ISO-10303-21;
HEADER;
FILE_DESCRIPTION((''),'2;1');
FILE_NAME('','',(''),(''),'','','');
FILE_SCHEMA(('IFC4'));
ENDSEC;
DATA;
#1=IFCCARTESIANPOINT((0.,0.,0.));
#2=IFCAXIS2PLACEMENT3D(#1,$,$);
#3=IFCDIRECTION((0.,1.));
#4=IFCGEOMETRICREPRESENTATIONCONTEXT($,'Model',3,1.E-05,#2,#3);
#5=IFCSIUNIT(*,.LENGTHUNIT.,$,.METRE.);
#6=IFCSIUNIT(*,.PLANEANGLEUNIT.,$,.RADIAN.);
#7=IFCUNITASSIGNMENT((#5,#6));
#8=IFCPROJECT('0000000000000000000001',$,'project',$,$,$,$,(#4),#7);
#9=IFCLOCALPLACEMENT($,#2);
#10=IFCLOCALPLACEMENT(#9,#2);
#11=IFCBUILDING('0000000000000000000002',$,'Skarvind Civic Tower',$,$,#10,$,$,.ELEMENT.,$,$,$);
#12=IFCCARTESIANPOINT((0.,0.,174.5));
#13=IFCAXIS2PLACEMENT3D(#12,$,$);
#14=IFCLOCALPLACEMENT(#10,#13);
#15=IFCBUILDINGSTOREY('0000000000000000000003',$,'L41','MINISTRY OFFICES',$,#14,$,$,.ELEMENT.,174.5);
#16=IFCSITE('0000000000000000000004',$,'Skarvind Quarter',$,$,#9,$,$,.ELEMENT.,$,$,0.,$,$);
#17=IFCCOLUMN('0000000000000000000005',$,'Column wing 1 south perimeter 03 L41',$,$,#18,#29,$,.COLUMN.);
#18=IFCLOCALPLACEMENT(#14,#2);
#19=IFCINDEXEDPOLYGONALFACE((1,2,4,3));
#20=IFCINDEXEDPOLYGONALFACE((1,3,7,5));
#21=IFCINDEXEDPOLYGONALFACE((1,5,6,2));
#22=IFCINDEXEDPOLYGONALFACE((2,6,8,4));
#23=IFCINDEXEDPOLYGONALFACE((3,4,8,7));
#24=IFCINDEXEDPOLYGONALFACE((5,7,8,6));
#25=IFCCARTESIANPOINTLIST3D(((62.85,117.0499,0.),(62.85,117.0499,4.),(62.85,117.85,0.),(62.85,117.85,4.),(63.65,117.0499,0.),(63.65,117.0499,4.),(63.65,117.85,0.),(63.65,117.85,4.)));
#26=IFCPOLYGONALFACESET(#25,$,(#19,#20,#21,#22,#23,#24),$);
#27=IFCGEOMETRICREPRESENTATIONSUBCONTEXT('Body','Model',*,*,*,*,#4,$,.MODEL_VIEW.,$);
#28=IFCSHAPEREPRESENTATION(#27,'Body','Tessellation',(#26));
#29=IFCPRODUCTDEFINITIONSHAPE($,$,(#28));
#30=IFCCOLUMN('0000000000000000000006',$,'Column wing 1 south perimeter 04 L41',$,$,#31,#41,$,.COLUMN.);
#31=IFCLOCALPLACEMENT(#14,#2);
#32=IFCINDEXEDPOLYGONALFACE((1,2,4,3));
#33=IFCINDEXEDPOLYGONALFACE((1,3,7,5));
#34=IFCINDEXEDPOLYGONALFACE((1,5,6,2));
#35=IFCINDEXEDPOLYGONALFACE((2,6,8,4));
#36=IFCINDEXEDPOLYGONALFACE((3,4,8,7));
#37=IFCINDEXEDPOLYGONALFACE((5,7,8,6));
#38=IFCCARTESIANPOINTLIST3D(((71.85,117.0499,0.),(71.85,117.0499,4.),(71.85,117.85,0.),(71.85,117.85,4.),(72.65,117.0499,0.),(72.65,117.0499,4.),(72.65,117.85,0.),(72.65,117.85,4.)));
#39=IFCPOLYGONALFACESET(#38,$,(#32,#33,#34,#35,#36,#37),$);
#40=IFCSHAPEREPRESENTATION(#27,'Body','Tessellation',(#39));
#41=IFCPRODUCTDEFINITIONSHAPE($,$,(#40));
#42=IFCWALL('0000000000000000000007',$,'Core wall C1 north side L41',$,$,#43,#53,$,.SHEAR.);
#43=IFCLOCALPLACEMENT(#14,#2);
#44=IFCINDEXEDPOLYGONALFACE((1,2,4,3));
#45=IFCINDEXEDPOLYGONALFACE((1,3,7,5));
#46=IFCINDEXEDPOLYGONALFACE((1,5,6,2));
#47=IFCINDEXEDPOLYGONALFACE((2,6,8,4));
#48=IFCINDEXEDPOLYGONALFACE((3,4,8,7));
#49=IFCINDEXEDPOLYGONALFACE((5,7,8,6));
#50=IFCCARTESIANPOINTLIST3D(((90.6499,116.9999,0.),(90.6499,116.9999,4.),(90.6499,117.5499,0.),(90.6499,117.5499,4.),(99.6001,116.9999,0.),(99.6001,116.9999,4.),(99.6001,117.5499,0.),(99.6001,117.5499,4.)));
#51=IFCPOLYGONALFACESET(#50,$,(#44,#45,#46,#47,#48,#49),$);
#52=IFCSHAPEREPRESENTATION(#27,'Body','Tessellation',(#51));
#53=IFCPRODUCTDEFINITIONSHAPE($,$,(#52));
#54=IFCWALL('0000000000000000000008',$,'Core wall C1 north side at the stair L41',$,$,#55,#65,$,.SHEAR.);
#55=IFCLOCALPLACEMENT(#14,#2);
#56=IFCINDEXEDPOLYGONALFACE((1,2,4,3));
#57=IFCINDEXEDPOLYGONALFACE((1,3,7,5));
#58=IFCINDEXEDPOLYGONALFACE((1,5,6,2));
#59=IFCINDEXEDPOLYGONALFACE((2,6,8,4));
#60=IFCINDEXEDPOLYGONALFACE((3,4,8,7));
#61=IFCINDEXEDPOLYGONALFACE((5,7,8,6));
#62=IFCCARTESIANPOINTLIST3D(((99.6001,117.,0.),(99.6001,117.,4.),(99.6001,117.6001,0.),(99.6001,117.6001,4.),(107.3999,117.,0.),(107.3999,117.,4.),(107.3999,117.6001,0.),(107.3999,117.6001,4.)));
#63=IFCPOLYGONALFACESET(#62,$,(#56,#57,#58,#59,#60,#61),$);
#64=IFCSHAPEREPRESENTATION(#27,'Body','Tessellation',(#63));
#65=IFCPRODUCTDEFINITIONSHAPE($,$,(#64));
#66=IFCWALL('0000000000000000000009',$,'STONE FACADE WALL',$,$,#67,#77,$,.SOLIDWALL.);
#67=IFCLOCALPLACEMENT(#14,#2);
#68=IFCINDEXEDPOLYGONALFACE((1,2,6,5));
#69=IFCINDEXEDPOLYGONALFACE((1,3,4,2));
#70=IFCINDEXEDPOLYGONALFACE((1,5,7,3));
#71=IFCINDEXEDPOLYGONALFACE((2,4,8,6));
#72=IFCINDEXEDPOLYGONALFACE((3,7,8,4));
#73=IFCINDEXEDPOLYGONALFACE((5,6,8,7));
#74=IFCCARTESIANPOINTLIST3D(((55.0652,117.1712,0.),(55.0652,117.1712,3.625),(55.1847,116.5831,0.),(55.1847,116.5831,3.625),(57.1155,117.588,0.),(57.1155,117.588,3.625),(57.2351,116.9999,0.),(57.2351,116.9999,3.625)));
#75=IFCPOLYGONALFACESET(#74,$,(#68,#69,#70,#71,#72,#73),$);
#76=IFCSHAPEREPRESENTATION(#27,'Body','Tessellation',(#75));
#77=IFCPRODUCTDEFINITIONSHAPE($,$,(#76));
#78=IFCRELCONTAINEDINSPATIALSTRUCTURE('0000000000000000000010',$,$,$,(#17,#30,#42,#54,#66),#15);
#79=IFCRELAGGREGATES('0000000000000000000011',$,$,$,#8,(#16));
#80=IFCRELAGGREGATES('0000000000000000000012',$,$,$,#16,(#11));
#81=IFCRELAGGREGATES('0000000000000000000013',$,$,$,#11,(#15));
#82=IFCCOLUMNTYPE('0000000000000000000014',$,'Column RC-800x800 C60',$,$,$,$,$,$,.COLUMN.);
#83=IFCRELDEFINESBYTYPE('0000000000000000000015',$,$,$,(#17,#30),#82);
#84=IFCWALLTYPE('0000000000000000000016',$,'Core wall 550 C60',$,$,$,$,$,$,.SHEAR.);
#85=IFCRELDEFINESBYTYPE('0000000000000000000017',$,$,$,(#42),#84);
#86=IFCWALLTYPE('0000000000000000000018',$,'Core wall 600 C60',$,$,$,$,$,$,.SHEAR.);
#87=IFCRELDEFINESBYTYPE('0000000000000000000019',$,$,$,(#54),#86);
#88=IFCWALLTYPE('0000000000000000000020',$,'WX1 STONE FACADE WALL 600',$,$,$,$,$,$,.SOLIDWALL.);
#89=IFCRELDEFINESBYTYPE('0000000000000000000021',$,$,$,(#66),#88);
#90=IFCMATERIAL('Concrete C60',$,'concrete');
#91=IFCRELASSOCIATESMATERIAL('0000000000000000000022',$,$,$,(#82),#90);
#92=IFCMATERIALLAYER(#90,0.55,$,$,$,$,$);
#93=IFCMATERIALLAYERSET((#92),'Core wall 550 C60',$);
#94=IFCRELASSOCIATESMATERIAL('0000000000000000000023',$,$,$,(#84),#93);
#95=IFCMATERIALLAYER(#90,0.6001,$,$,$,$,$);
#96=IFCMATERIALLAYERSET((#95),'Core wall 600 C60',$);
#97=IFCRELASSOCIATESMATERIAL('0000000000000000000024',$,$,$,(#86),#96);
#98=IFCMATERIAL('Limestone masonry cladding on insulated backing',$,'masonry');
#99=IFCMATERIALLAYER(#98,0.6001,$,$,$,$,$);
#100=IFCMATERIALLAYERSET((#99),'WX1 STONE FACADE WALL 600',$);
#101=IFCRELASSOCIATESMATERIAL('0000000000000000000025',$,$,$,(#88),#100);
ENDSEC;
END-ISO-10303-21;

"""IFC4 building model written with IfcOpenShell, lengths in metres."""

from ifc_helpers import new_model, si_unit, direction, frame, frame_2d, origin, origin_2d, place, context, subcontext, project, spatial, rectangle, extrude, material, layer, layer_set, material_profile, profile_set, type_object, element, save


model = new_model("IFC4")

# Units and contexts
model_context = context("Model", 3, precision=1e-05, world=origin(), true_north=direction((0.0, 1.0)))
body_context = subcontext(model_context, "Body", "Model", "MODEL_VIEW")
ifc_project = project(units=[si_unit("LENGTHUNIT", "METRE"), si_unit("PLANEANGLEUNIT", "RADIAN")], contexts=[model_context])

# Site, building, storey
site_placement = place(None, origin())
site = spatial("IfcSite", under=ifc_project, at=site_placement, Name="Skarvind Quarter", CompositionType="ELEMENT", RefElevation=0.0)
building_placement = place(site_placement, origin())
building = spatial("IfcBuilding", under=site, at=building_placement, Name="Skarvind Civic Tower", CompositionType="ELEMENT")
storey_placement = place(building_placement, frame((0.0, 0.0, 174.5)))
storey = spatial("IfcBuildingStorey", under=building, at=storey_placement, Name="L41", Description="MINISTRY OFFICES", CompositionType="ELEMENT", Elevation=174.5)

# Columns
ifc_material_1 = material(Name="Concrete C60", Category="concrete")
ifc_material_profile_1 = material_profile(ifc_material_1, rectangle(XDim=0.8, YDim=0.8, at=origin_2d()), Name="RC-800x800")
ifc_profile_set_1 = profile_set([ifc_material_profile_1], Name="Concrete C60")
column_type = type_object("IfcColumnType", Name="Column RC-800x800 C60", PredefinedType="COLUMN", material=ifc_profile_set_1)
for number, where, z_axis, x_axis, name in (
    (1, (63.25, 117.45, 0.0), (0.0, 0.0, 1.0), (1.0, 0.0, 0.0), "Column wing 1 south perimeter 03 L41"),
    (2, (72.25, 117.45, 0.0), (0.0, 0.0, 1.0), (1.0, 0.0, 0.0), "Column wing 1 south perimeter 04 L41"),
):
    element("IfcColumn", number, at=place(storey_placement, frame(where, z_axis=z_axis, x_axis=x_axis)), inside=storey, type_object=column_type, Name=name, PredefinedType="COLUMN", context=body_context, shape_type="SweptSolid", body=[
        extrude(rectangle(XDim=0.8, YDim=0.8, at=origin_2d()), origin(), (0.0, 0.0, 1.0), 4.0),
    ])

# Walls
ifc_layer_1 = layer(ifc_material_1, 0.55)
ifc_layer_set_1 = layer_set([ifc_layer_1], Name="Core wall 550 C60")
wall_type_1 = type_object("IfcWallType", Name="Core wall 550 C60", PredefinedType="SHEAR", material=ifc_layer_set_1)
wall_1_placement = place(storey_placement, frame((99.6001, 117.2749, 0.0), z_axis=(0.0, 0.0, 1.0), x_axis=(-1.0, 0.0, 0.0)))
element("IfcWall", 3, at=wall_1_placement, inside=storey, type_object=wall_type_1, Name="Core wall C1 north side L41", PredefinedType="SHEAR", context=body_context, shape_type="SweptSolid", body=[
    extrude(rectangle(XDim=8.9502, YDim=0.55, at=frame_2d((4.4751, 0.0))), origin(), (0.0, 0.0, 1.0), 4.0),
])
ifc_layer_2 = layer(ifc_material_1, 0.6001)
ifc_layer_set_2 = layer_set([ifc_layer_2], Name="Core wall 600 C60")
wall_type_2 = type_object("IfcWallType", Name="Core wall 600 C60", PredefinedType="SHEAR", material=ifc_layer_set_2)
wall_2_placement = place(storey_placement, frame((107.3999, 117.3, 0.0), z_axis=(0.0, 0.0, 1.0), x_axis=(-1.0, 0.0, 0.0)))
element("IfcWall", 4, at=wall_2_placement, inside=storey, type_object=wall_type_2, Name="Core wall C1 north side at the stair L41", PredefinedType="SHEAR", context=body_context, shape_type="SweptSolid", body=[
    extrude(rectangle(XDim=7.7998, YDim=0.6001, at=frame_2d((3.8999, 0.0))), origin(), (0.0, 0.0, 1.0), 4.0),
])
ifc_material_2 = material(Name="Limestone masonry cladding on insulated backing", Category="masonry")
ifc_layer_3 = layer(ifc_material_2, 0.6001)
ifc_layer_set_3 = layer_set([ifc_layer_3], Name="WX1 STONE FACADE WALL 600")
wall_type_3 = type_object("IfcWallType", Name="WX1 STONE FACADE WALL 600", PredefinedType="SOLIDWALL", material=ifc_layer_set_3)
wall_3_placement = place(storey_placement, frame((57.1753, 117.2939, 0.0), z_axis=(0.0, 0.0, 1.0), x_axis=(-0.979961, -0.199189, 0.0)))
element("IfcWall", 5, at=wall_3_placement, inside=storey, type_object=wall_type_3, Name="STONE FACADE WALL", PredefinedType="SOLIDWALL", context=body_context, shape_type="SweptSolid", body=[
    extrude(rectangle(XDim=2.0923, YDim=0.6001, at=frame_2d((1.0461, 0.0))), origin(), (0.0, 0.0, 1.0), 3.625),
])

save(model, "model.ifc")
